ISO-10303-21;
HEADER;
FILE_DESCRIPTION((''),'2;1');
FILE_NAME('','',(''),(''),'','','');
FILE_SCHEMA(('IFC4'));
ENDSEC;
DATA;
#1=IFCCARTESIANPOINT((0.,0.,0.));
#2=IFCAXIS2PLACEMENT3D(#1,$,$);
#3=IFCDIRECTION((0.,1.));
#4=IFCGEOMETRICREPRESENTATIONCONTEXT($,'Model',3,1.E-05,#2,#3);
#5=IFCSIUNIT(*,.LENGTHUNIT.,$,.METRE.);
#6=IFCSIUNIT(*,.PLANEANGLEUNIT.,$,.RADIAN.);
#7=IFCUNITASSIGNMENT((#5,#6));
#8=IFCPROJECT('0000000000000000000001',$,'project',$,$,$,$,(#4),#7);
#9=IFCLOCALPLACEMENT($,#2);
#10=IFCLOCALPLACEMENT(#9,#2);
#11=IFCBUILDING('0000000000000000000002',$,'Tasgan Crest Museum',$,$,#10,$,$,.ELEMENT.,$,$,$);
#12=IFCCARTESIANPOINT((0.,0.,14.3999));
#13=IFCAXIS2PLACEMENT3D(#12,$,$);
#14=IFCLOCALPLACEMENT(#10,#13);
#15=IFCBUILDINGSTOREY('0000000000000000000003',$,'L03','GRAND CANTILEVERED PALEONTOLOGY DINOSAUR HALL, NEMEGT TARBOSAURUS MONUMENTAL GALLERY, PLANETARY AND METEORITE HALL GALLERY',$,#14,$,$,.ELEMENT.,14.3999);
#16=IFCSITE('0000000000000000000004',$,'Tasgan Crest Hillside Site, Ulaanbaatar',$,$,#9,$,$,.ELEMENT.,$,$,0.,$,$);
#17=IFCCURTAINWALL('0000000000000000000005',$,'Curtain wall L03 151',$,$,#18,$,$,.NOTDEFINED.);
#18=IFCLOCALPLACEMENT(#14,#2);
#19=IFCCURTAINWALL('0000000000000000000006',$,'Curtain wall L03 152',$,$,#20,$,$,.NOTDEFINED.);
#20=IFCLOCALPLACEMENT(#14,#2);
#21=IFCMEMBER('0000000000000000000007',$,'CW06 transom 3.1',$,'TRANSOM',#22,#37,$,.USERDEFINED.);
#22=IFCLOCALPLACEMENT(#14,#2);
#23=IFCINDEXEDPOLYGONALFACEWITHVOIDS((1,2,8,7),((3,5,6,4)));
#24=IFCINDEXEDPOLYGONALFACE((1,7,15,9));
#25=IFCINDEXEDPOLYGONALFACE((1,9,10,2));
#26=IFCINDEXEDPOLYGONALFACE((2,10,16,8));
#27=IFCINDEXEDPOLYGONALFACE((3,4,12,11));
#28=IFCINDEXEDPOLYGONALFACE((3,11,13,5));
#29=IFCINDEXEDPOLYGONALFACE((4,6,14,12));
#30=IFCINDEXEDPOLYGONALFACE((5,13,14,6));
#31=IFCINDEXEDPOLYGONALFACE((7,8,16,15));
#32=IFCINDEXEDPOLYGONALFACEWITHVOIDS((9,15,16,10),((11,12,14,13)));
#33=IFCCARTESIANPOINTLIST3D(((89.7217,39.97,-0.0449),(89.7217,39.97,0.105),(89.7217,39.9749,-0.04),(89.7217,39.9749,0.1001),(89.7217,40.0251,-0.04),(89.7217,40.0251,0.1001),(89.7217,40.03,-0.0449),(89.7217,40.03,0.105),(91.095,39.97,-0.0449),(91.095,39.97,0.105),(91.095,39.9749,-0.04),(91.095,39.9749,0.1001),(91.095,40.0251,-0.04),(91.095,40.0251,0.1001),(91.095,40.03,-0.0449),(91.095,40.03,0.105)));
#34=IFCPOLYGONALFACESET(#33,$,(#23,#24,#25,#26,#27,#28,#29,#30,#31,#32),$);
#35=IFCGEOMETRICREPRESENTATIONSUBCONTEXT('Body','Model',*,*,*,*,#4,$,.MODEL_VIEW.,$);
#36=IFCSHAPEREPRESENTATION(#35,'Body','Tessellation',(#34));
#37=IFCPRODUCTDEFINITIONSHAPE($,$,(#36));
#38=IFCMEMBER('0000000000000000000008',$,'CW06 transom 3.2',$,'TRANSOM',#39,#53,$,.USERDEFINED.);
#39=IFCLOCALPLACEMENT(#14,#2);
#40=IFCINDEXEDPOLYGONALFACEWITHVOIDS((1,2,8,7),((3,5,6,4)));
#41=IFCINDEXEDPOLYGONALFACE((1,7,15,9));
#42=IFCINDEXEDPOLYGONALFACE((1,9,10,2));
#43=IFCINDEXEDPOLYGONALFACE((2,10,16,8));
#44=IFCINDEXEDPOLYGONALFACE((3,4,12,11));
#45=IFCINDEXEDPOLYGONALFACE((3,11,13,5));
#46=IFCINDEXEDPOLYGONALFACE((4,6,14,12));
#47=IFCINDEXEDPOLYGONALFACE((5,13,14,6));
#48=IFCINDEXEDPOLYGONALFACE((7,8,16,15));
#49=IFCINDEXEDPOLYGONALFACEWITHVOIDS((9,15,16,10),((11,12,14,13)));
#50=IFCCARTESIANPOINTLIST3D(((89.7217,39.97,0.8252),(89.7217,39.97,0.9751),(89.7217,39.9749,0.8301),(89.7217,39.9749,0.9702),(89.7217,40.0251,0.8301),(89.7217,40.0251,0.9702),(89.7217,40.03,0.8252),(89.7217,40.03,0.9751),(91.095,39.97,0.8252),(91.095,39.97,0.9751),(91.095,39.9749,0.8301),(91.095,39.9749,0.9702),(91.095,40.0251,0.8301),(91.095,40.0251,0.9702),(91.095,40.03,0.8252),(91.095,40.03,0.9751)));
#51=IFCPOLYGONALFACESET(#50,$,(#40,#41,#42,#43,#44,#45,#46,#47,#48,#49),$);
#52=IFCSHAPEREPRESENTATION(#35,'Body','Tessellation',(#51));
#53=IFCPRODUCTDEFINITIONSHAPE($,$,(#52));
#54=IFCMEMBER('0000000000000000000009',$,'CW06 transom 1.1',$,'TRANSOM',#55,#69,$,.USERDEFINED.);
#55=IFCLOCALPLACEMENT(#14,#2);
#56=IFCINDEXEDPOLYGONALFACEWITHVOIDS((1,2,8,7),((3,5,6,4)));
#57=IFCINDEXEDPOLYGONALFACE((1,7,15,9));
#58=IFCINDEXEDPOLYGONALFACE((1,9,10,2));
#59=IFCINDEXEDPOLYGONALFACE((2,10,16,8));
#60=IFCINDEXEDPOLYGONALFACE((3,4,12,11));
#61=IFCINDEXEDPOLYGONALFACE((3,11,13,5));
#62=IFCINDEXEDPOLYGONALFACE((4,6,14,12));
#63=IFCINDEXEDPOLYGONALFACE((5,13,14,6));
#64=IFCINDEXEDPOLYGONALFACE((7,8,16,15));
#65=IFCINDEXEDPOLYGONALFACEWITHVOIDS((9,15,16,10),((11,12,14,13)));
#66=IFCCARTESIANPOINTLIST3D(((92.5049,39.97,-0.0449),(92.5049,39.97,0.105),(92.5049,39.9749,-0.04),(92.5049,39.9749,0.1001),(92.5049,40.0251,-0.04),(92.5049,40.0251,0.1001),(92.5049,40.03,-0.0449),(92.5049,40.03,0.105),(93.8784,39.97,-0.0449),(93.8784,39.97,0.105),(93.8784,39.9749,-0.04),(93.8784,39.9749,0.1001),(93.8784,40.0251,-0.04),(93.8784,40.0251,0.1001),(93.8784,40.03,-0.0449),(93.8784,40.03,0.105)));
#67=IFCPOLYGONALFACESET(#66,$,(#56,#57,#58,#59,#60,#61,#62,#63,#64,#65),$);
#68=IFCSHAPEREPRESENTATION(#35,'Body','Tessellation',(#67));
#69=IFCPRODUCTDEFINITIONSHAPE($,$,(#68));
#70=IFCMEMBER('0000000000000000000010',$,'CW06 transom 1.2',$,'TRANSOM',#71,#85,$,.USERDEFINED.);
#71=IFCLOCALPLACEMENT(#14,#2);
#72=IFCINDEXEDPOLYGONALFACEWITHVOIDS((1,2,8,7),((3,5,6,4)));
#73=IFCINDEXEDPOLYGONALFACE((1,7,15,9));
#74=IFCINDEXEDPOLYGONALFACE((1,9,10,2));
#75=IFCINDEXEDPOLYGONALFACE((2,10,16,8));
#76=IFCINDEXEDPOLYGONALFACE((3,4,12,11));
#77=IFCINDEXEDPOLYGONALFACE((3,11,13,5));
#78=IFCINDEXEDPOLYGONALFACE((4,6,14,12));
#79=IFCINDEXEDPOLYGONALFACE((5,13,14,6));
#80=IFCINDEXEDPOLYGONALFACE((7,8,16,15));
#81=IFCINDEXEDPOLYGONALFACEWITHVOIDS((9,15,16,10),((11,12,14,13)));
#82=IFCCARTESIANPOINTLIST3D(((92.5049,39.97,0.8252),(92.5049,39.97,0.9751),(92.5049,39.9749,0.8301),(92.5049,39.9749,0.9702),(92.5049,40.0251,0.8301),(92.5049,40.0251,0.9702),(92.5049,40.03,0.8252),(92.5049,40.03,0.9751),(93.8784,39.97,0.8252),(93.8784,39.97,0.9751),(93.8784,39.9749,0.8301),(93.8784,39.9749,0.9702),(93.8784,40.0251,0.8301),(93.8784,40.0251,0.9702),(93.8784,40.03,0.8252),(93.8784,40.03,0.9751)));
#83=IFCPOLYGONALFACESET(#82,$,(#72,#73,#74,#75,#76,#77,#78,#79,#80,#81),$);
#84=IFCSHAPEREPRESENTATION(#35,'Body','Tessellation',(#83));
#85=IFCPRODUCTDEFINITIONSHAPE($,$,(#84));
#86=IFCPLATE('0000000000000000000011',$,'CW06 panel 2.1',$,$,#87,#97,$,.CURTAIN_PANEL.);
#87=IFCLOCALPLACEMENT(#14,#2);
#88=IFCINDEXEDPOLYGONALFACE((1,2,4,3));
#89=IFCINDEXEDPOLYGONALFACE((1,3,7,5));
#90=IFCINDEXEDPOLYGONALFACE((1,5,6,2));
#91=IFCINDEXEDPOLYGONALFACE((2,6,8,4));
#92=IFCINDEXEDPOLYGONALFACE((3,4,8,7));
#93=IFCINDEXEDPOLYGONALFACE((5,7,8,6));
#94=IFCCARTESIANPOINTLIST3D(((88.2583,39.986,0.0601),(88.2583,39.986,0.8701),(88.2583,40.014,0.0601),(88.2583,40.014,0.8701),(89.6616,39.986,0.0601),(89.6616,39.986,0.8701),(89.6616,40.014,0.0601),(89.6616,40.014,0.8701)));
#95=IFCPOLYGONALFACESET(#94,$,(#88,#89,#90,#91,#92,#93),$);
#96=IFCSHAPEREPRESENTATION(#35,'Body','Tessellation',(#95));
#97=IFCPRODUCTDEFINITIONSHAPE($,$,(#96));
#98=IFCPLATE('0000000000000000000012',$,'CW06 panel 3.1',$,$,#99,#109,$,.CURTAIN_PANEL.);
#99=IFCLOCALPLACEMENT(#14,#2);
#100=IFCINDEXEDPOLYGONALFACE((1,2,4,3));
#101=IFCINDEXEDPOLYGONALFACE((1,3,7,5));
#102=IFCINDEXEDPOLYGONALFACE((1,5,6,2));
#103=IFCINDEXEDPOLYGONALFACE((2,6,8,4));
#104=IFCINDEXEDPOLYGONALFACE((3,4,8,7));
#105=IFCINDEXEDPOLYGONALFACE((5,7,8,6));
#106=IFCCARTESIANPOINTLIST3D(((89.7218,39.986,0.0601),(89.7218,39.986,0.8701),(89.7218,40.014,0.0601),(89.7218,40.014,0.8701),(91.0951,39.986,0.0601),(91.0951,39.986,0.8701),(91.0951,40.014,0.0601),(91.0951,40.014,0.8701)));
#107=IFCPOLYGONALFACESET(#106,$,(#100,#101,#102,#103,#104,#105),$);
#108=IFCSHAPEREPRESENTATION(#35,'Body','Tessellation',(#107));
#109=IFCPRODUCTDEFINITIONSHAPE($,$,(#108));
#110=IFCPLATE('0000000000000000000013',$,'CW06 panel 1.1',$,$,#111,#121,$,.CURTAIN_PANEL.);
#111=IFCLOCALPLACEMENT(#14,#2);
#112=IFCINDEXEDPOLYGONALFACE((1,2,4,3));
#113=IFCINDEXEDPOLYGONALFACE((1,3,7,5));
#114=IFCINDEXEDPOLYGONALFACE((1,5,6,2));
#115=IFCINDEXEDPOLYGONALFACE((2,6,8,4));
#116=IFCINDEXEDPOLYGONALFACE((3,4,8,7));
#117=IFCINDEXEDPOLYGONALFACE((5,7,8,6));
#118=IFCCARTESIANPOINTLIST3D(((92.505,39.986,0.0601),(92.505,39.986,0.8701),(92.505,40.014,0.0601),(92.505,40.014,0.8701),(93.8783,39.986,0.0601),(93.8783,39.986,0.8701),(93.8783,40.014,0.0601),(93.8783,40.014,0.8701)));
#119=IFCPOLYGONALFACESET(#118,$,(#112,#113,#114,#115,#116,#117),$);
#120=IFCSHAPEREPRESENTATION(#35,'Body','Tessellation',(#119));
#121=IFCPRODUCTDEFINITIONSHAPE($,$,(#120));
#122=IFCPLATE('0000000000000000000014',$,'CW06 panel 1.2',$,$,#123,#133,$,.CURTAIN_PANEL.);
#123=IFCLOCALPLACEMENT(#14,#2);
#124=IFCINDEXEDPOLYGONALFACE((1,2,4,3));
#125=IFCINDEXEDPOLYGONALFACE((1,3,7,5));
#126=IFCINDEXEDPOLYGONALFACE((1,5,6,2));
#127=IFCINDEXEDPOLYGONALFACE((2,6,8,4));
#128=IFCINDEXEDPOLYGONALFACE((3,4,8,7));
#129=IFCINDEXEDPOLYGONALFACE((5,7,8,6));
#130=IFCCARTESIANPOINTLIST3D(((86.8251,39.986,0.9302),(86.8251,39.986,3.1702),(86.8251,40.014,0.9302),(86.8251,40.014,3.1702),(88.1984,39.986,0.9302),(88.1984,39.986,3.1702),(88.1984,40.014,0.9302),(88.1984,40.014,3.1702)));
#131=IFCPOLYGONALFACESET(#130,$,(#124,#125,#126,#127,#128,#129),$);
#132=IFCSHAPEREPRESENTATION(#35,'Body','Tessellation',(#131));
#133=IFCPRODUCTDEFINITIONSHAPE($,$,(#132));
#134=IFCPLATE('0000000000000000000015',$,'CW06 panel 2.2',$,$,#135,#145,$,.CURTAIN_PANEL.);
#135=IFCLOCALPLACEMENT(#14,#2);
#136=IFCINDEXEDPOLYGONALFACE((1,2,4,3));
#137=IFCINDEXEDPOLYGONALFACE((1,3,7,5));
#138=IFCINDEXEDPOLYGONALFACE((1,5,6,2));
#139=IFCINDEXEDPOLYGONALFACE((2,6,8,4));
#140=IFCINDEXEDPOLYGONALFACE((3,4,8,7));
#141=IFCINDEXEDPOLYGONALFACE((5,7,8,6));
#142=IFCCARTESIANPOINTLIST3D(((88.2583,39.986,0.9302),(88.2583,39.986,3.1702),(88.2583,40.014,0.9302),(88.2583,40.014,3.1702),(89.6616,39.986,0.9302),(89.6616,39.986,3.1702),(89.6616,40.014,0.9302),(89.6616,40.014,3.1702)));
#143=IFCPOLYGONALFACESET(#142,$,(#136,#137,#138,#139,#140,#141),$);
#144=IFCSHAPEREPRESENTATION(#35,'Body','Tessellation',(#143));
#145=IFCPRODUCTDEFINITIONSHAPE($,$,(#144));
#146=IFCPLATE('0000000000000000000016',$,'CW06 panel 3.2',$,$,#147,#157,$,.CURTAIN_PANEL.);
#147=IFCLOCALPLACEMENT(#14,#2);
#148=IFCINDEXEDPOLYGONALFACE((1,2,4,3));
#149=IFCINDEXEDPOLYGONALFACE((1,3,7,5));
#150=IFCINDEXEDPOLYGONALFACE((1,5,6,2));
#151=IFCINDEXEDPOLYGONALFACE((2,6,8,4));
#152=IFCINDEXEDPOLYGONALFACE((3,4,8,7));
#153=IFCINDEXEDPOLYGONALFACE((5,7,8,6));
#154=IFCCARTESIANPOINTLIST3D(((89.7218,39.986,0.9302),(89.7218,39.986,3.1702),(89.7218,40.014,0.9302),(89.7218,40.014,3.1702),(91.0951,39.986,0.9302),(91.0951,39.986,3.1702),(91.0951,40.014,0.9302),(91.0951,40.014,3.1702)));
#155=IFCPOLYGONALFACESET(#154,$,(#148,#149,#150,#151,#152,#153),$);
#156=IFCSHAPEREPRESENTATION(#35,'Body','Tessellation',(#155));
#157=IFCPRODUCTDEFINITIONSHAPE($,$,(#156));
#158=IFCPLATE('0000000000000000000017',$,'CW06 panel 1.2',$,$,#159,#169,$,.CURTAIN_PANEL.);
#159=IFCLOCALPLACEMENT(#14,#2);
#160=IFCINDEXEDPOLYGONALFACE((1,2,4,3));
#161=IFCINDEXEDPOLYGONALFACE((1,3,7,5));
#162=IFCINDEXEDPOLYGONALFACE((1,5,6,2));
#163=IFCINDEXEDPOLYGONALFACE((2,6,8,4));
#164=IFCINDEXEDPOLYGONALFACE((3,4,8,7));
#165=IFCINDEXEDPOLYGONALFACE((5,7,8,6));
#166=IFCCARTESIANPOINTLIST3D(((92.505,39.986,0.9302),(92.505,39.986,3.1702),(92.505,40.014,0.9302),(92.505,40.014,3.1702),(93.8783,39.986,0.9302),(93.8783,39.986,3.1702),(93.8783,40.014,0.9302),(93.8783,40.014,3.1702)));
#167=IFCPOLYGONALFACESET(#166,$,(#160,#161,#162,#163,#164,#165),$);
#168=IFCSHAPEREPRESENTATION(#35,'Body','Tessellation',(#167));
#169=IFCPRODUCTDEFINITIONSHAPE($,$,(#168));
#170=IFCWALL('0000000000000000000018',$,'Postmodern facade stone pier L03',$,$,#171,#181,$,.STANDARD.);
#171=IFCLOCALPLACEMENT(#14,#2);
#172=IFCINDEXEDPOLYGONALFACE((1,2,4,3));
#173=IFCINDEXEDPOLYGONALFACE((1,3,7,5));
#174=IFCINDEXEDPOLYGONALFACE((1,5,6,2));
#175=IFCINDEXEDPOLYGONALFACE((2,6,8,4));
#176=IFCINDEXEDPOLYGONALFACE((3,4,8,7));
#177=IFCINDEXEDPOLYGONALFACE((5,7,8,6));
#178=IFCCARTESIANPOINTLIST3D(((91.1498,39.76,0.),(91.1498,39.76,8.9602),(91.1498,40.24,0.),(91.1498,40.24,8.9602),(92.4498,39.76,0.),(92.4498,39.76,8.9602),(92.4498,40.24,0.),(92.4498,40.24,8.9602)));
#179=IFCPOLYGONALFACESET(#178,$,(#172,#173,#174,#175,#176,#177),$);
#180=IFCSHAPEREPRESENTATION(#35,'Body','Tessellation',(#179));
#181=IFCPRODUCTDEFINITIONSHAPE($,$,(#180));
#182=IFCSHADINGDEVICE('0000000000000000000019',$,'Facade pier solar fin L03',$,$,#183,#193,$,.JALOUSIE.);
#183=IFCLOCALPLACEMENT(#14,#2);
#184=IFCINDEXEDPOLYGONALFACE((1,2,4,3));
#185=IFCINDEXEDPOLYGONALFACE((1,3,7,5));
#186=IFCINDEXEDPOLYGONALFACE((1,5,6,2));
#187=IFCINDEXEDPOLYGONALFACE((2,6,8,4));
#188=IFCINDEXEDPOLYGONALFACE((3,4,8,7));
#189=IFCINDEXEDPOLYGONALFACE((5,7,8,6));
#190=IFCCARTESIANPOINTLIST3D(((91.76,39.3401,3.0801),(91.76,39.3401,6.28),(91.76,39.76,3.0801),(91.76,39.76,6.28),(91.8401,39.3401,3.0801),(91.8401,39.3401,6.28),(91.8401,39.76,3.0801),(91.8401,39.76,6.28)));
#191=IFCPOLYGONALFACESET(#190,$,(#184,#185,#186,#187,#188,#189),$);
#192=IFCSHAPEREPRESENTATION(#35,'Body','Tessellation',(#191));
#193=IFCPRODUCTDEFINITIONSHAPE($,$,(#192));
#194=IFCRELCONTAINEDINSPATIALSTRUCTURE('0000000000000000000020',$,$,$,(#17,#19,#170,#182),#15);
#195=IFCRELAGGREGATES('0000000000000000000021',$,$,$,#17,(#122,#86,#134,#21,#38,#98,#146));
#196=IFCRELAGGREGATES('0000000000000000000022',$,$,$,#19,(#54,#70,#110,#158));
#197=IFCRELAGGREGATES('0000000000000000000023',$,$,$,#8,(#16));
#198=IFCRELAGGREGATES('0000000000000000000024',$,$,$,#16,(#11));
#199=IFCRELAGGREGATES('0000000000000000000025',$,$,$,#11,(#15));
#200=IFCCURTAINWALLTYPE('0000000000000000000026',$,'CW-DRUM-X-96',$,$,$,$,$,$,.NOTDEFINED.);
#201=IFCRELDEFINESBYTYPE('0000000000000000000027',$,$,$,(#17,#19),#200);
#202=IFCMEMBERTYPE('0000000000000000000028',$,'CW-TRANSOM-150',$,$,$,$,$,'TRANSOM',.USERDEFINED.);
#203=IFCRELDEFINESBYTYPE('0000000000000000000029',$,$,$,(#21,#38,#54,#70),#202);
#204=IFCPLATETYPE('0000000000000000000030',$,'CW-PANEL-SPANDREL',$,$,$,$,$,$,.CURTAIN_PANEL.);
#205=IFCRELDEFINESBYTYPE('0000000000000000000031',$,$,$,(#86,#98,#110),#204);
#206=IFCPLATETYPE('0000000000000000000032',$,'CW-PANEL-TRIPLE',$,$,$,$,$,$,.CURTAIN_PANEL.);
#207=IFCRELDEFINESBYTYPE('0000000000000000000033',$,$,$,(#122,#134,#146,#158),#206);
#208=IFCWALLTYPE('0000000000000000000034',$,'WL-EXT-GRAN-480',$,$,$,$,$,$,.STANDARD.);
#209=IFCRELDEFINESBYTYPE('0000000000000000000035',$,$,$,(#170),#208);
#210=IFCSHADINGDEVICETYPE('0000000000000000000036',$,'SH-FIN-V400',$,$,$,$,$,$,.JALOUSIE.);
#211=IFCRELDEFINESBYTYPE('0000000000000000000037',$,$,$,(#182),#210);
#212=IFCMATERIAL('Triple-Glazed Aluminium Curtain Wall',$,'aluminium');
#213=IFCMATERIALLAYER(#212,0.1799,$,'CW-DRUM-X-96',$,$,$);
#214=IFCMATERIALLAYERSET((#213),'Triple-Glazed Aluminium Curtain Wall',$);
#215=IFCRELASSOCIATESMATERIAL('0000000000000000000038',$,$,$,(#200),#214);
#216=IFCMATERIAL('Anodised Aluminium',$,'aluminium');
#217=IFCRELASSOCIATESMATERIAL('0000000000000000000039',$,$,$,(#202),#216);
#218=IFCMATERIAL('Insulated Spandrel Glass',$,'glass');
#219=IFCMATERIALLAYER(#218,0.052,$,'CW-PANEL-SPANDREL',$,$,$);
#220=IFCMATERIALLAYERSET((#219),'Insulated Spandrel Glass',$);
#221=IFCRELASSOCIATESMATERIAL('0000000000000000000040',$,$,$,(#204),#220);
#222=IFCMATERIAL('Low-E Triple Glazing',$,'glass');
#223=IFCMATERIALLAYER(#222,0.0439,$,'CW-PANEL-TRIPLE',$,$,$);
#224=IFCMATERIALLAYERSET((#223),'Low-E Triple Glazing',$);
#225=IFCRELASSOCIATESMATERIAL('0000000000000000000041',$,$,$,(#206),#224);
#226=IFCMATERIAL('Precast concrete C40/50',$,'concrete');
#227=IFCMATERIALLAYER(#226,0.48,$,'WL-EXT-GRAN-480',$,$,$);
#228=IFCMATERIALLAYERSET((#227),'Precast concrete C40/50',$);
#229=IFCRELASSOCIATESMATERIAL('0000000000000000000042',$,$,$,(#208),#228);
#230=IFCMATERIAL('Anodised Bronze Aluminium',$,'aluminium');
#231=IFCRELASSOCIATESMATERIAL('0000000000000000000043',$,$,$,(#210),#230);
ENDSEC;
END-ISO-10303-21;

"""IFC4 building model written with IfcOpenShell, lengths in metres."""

from ifc_helpers import new_model, si_unit, direction, frame, frame_2d, origin, origin_2d, place, context, subcontext, project, spatial, rectangle, hollow_rectangle, extrude, material, layer, layer_set, material_profile, profile_set, type_object, element, aggregate, save


model = new_model("IFC4")

# Units and contexts
model_context = context("Model", 3, precision=1e-05, world=origin(), true_north=direction((0.0, 1.0)))
body_context = subcontext(model_context, "Body", "Model", "MODEL_VIEW")
ifc_project = project(units=[si_unit("LENGTHUNIT", "METRE"), si_unit("PLANEANGLEUNIT", "RADIAN")], contexts=[model_context])

# Site, building, storey
site_placement = place(None, origin())
site = spatial("IfcSite", under=ifc_project, at=site_placement, Name="Tasgan Crest Hillside Site, Ulaanbaatar", CompositionType="ELEMENT", RefElevation=0.0)
building_placement = place(site_placement, origin())
building = spatial("IfcBuilding", under=site, at=building_placement, Name="Tasgan Crest Museum", CompositionType="ELEMENT")
storey_placement = place(building_placement, frame((0.0, 0.0, 14.3999)))
storey = spatial("IfcBuildingStorey", under=building, at=storey_placement, Name="L03", Description="GRAND CANTILEVERED PALEONTOLOGY DINOSAUR HALL, NEMEGT TARBOSAURUS MONUMENTAL GALLERY, PLANETARY AND METEORITE HALL GALLERY", CompositionType="ELEMENT", Elevation=14.3999)

# Curtain walls
ifc_material_1 = material(Name="Triple-Glazed Aluminium Curtain Wall", Category="aluminium")
ifc_layer_1 = layer(ifc_material_1, 0.1799, Name="CW-DRUM-X-96")
ifc_layer_set_1 = layer_set([ifc_layer_1], Name="Triple-Glazed Aluminium Curtain Wall")
curtain_wall_type = type_object("IfcCurtainWallType", Name="CW-DRUM-X-96", PredefinedType="NOTDEFINED", material=ifc_layer_set_1)
curtain_wall_1_placement = place(storey_placement, origin())
curtain_wall_1 = element("IfcCurtainWall", 1, at=curtain_wall_1_placement, inside=storey, type_object=curtain_wall_type, Name="Curtain wall L03 151", PredefinedType="NOTDEFINED")
curtain_wall_2_placement = place(storey_placement, origin())
curtain_wall_2 = element("IfcCurtainWall", 2, at=curtain_wall_2_placement, inside=storey, type_object=curtain_wall_type, Name="Curtain wall L03 152", PredefinedType="NOTDEFINED")

# Members
ifc_material_2 = material(Name="Anodised Aluminium", Category="aluminium")
ifc_material_profile_1 = material_profile(ifc_material_2, hollow_rectangle(XDim=0.0601, YDim=0.1499, WallThickness=0.0049, at=origin_2d()), Name="ALU TRANSOM 150x60x5")
ifc_profile_set_1 = profile_set([ifc_material_profile_1], Name="Anodised Aluminium")
member_type_1 = type_object("IfcMemberType", Name="CW-TRANSOM-150", ElementType="TRANSOM", PredefinedType="USERDEFINED", material=ifc_profile_set_1)
member_1_placement = place(storey_placement, frame((89.7217, 40.0, 0.03), z_axis=(1.0, 0.0, 0.0), x_axis=(0.0, 1.0, 0.0)))
member_1 = element("IfcMember", 3, at=member_1_placement, type_object=member_type_1, Name="CW06 transom 3.1", ObjectType="TRANSOM", PredefinedType="USERDEFINED", context=body_context, shape_type="SweptSolid", body=[
    extrude(hollow_rectangle(XDim=0.0601, YDim=0.1499, WallThickness=0.0049, at=origin_2d()), origin(), (0.0, 0.0, 1.0), 1.3733),
])
member_2_placement = place(storey_placement, frame((89.7217, 40.0, 0.9001), z_axis=(1.0, 0.0, 0.0), x_axis=(0.0, 1.0, 0.0)))
member_2 = element("IfcMember", 4, at=member_2_placement, type_object=member_type_1, Name="CW06 transom 3.2", ObjectType="TRANSOM", PredefinedType="USERDEFINED", context=body_context, shape_type="SweptSolid", body=[
    extrude(hollow_rectangle(XDim=0.0601, YDim=0.1499, WallThickness=0.0049, at=origin_2d()), origin(), (0.0, 0.0, 1.0), 1.3733),
])
member_3_placement = place(storey_placement, frame((92.5049, 40.0, 0.03), z_axis=(1.0, 0.0, 0.0), x_axis=(0.0, 1.0, 0.0)))
member_3 = element("IfcMember", 5, at=member_3_placement, type_object=member_type_1, Name="CW06 transom 1.1", ObjectType="TRANSOM", PredefinedType="USERDEFINED", context=body_context, shape_type="SweptSolid", body=[
    extrude(hollow_rectangle(XDim=0.0601, YDim=0.1499, WallThickness=0.0049, at=origin_2d()), origin(), (0.0, 0.0, 1.0), 1.3735),
])
member_4_placement = place(storey_placement, frame((92.5049, 40.0, 0.9001), z_axis=(1.0, 0.0, 0.0), x_axis=(0.0, 1.0, 0.0)))
member_4 = element("IfcMember", 6, at=member_4_placement, type_object=member_type_1, Name="CW06 transom 1.2", ObjectType="TRANSOM", PredefinedType="USERDEFINED", context=body_context, shape_type="SweptSolid", body=[
    extrude(hollow_rectangle(XDim=0.0601, YDim=0.1499, WallThickness=0.0049, at=origin_2d()), origin(), (0.0, 0.0, 1.0), 1.3735),
])

# Plates
ifc_material_3 = material(Name="Insulated Spandrel Glass", Category="glass")
ifc_layer_2 = layer(ifc_material_3, 0.052, Name="CW-PANEL-SPANDREL")
ifc_layer_set_2 = layer_set([ifc_layer_2], Name="Insulated Spandrel Glass")
plate_type_1 = type_object("IfcPlateType", Name="CW-PANEL-SPANDREL", PredefinedType="CURTAIN_PANEL", material=ifc_layer_set_2)
plate_1_placement = place(storey_placement, frame((88.96, 40.0, 0.0601), z_axis=(0.0, 0.0, 1.0), x_axis=(1.0, 0.0, 0.0)))
plate_1 = element("IfcPlate", 7, at=plate_1_placement, type_object=plate_type_1, Name="CW06 panel 2.1", PredefinedType="CURTAIN_PANEL", context=body_context, shape_type="SweptSolid", body=[
    extrude(rectangle(XDim=1.4033, YDim=0.0281, at=origin_2d()), origin(), (0.0, 0.0, 1.0), 0.8101),
])
plate_2_placement = place(storey_placement, frame((90.4084, 40.0, 0.0601), z_axis=(0.0, 0.0, 1.0), x_axis=(1.0, 0.0, 0.0)))
plate_2 = element("IfcPlate", 8, at=plate_2_placement, type_object=plate_type_1, Name="CW06 panel 3.1", PredefinedType="CURTAIN_PANEL", context=body_context, shape_type="SweptSolid", body=[
    extrude(rectangle(XDim=1.3733, YDim=0.0281, at=origin_2d()), origin(), (0.0, 0.0, 1.0), 0.8101),
])
plate_3_placement = place(storey_placement, frame((93.1917, 40.0, 0.0601), z_axis=(0.0, 0.0, 1.0), x_axis=(1.0, 0.0, 0.0)))
plate_3 = element("IfcPlate", 9, at=plate_3_placement, type_object=plate_type_1, Name="CW06 panel 1.1", PredefinedType="CURTAIN_PANEL", context=body_context, shape_type="SweptSolid", body=[
    extrude(rectangle(XDim=1.3733, YDim=0.0281, at=origin_2d()), origin(), (0.0, 0.0, 1.0), 0.8101),
])
ifc_material_4 = material(Name="Low-E Triple Glazing", Category="glass")
ifc_layer_3 = layer(ifc_material_4, 0.0439, Name="CW-PANEL-TRIPLE")
ifc_layer_set_3 = layer_set([ifc_layer_3], Name="Low-E Triple Glazing")
plate_type_2 = type_object("IfcPlateType", Name="CW-PANEL-TRIPLE", PredefinedType="CURTAIN_PANEL", material=ifc_layer_set_3)
plate_4_placement = place(storey_placement, frame((87.5117, 40.0, 0.9302), z_axis=(0.0, 0.0, 1.0), x_axis=(1.0, 0.0, 0.0)))
plate_4 = element("IfcPlate", 10, at=plate_4_placement, type_object=plate_type_2, Name="CW06 panel 1.2", PredefinedType="CURTAIN_PANEL", context=body_context, shape_type="SweptSolid", body=[
    extrude(rectangle(XDim=1.3733, YDim=0.0281, at=origin_2d()), origin(), (0.0, 0.0, 1.0), 2.24),
])
plate_5_placement = place(storey_placement, frame((88.96, 40.0, 0.9302), z_axis=(0.0, 0.0, 1.0), x_axis=(1.0, 0.0, 0.0)))
plate_5 = element("IfcPlate", 11, at=plate_5_placement, type_object=plate_type_2, Name="CW06 panel 2.2", PredefinedType="CURTAIN_PANEL", context=body_context, shape_type="SweptSolid", body=[
    extrude(rectangle(XDim=1.4033, YDim=0.0281, at=origin_2d()), origin(), (0.0, 0.0, 1.0), 2.24),
])
plate_6_placement = place(storey_placement, frame((90.4084, 40.0, 0.9302), z_axis=(0.0, 0.0, 1.0), x_axis=(1.0, 0.0, 0.0)))
plate_6 = element("IfcPlate", 12, at=plate_6_placement, type_object=plate_type_2, Name="CW06 panel 3.2", PredefinedType="CURTAIN_PANEL", context=body_context, shape_type="SweptSolid", body=[
    extrude(rectangle(XDim=1.3733, YDim=0.0281, at=origin_2d()), origin(), (0.0, 0.0, 1.0), 2.24),
])
aggregate(curtain_wall_1, [plate_4, plate_1, plate_5, member_1, member_2, plate_2, plate_6])
plate_7_placement = place(storey_placement, frame((93.1917, 40.0, 0.9302), z_axis=(0.0, 0.0, 1.0), x_axis=(1.0, 0.0, 0.0)))
plate_7 = element("IfcPlate", 13, at=plate_7_placement, type_object=plate_type_2, Name="CW06 panel 1.2", PredefinedType="CURTAIN_PANEL", context=body_context, shape_type="SweptSolid", body=[
    extrude(rectangle(XDim=1.3733, YDim=0.0281, at=origin_2d()), origin(), (0.0, 0.0, 1.0), 2.24),
])
aggregate(curtain_wall_2, [member_3, member_4, plate_3, plate_7])

# Wall
ifc_material_5 = material(Name="Precast concrete C40/50", Category="concrete")
ifc_layer_4 = layer(ifc_material_5, 0.48, Name="WL-EXT-GRAN-480")
ifc_layer_set_4 = layer_set([ifc_layer_4], Name="Precast concrete C40/50")
wall_type = type_object("IfcWallType", Name="WL-EXT-GRAN-480", PredefinedType="STANDARD", material=ifc_layer_set_4)
wall_placement = place(storey_placement, frame((91.1499, 40.0, 0.0), z_axis=(0.0, 0.0, 1.0), x_axis=(1.0, 0.0, 0.0)))
element("IfcWall", 14, at=wall_placement, inside=storey, type_object=wall_type, Name="Postmodern facade stone pier L03", PredefinedType="STANDARD", context=body_context, shape_type="SweptSolid", body=[
    extrude(rectangle(XDim=1.3, YDim=0.48, at=frame_2d((0.6499, 0.0))), origin(), (0.0, 0.0, 1.0), 8.9602),
])

# Shading device
ifc_material_6 = material(Name="Anodised Bronze Aluminium", Category="aluminium")
shading_device_type = type_object("IfcShadingDeviceType", Name="SH-FIN-V400", PredefinedType="JALOUSIE", material=ifc_material_6)
shading_device_placement = place(storey_placement, frame((91.8, 39.55, 3.0801), z_axis=(0.0, 0.0, 1.0), x_axis=(1.0, 0.0, 0.0)))
element("IfcShadingDevice", 15, at=shading_device_placement, inside=storey, type_object=shading_device_type, Name="Facade pier solar fin L03", PredefinedType="JALOUSIE", context=body_context, shape_type="SweptSolid", body=[
    extrude(rectangle(XDim=0.0801, YDim=0.4199, at=origin_2d()), origin(), (0.0, 0.0, 1.0), 3.2),
])

save(model, "model.ifc")
